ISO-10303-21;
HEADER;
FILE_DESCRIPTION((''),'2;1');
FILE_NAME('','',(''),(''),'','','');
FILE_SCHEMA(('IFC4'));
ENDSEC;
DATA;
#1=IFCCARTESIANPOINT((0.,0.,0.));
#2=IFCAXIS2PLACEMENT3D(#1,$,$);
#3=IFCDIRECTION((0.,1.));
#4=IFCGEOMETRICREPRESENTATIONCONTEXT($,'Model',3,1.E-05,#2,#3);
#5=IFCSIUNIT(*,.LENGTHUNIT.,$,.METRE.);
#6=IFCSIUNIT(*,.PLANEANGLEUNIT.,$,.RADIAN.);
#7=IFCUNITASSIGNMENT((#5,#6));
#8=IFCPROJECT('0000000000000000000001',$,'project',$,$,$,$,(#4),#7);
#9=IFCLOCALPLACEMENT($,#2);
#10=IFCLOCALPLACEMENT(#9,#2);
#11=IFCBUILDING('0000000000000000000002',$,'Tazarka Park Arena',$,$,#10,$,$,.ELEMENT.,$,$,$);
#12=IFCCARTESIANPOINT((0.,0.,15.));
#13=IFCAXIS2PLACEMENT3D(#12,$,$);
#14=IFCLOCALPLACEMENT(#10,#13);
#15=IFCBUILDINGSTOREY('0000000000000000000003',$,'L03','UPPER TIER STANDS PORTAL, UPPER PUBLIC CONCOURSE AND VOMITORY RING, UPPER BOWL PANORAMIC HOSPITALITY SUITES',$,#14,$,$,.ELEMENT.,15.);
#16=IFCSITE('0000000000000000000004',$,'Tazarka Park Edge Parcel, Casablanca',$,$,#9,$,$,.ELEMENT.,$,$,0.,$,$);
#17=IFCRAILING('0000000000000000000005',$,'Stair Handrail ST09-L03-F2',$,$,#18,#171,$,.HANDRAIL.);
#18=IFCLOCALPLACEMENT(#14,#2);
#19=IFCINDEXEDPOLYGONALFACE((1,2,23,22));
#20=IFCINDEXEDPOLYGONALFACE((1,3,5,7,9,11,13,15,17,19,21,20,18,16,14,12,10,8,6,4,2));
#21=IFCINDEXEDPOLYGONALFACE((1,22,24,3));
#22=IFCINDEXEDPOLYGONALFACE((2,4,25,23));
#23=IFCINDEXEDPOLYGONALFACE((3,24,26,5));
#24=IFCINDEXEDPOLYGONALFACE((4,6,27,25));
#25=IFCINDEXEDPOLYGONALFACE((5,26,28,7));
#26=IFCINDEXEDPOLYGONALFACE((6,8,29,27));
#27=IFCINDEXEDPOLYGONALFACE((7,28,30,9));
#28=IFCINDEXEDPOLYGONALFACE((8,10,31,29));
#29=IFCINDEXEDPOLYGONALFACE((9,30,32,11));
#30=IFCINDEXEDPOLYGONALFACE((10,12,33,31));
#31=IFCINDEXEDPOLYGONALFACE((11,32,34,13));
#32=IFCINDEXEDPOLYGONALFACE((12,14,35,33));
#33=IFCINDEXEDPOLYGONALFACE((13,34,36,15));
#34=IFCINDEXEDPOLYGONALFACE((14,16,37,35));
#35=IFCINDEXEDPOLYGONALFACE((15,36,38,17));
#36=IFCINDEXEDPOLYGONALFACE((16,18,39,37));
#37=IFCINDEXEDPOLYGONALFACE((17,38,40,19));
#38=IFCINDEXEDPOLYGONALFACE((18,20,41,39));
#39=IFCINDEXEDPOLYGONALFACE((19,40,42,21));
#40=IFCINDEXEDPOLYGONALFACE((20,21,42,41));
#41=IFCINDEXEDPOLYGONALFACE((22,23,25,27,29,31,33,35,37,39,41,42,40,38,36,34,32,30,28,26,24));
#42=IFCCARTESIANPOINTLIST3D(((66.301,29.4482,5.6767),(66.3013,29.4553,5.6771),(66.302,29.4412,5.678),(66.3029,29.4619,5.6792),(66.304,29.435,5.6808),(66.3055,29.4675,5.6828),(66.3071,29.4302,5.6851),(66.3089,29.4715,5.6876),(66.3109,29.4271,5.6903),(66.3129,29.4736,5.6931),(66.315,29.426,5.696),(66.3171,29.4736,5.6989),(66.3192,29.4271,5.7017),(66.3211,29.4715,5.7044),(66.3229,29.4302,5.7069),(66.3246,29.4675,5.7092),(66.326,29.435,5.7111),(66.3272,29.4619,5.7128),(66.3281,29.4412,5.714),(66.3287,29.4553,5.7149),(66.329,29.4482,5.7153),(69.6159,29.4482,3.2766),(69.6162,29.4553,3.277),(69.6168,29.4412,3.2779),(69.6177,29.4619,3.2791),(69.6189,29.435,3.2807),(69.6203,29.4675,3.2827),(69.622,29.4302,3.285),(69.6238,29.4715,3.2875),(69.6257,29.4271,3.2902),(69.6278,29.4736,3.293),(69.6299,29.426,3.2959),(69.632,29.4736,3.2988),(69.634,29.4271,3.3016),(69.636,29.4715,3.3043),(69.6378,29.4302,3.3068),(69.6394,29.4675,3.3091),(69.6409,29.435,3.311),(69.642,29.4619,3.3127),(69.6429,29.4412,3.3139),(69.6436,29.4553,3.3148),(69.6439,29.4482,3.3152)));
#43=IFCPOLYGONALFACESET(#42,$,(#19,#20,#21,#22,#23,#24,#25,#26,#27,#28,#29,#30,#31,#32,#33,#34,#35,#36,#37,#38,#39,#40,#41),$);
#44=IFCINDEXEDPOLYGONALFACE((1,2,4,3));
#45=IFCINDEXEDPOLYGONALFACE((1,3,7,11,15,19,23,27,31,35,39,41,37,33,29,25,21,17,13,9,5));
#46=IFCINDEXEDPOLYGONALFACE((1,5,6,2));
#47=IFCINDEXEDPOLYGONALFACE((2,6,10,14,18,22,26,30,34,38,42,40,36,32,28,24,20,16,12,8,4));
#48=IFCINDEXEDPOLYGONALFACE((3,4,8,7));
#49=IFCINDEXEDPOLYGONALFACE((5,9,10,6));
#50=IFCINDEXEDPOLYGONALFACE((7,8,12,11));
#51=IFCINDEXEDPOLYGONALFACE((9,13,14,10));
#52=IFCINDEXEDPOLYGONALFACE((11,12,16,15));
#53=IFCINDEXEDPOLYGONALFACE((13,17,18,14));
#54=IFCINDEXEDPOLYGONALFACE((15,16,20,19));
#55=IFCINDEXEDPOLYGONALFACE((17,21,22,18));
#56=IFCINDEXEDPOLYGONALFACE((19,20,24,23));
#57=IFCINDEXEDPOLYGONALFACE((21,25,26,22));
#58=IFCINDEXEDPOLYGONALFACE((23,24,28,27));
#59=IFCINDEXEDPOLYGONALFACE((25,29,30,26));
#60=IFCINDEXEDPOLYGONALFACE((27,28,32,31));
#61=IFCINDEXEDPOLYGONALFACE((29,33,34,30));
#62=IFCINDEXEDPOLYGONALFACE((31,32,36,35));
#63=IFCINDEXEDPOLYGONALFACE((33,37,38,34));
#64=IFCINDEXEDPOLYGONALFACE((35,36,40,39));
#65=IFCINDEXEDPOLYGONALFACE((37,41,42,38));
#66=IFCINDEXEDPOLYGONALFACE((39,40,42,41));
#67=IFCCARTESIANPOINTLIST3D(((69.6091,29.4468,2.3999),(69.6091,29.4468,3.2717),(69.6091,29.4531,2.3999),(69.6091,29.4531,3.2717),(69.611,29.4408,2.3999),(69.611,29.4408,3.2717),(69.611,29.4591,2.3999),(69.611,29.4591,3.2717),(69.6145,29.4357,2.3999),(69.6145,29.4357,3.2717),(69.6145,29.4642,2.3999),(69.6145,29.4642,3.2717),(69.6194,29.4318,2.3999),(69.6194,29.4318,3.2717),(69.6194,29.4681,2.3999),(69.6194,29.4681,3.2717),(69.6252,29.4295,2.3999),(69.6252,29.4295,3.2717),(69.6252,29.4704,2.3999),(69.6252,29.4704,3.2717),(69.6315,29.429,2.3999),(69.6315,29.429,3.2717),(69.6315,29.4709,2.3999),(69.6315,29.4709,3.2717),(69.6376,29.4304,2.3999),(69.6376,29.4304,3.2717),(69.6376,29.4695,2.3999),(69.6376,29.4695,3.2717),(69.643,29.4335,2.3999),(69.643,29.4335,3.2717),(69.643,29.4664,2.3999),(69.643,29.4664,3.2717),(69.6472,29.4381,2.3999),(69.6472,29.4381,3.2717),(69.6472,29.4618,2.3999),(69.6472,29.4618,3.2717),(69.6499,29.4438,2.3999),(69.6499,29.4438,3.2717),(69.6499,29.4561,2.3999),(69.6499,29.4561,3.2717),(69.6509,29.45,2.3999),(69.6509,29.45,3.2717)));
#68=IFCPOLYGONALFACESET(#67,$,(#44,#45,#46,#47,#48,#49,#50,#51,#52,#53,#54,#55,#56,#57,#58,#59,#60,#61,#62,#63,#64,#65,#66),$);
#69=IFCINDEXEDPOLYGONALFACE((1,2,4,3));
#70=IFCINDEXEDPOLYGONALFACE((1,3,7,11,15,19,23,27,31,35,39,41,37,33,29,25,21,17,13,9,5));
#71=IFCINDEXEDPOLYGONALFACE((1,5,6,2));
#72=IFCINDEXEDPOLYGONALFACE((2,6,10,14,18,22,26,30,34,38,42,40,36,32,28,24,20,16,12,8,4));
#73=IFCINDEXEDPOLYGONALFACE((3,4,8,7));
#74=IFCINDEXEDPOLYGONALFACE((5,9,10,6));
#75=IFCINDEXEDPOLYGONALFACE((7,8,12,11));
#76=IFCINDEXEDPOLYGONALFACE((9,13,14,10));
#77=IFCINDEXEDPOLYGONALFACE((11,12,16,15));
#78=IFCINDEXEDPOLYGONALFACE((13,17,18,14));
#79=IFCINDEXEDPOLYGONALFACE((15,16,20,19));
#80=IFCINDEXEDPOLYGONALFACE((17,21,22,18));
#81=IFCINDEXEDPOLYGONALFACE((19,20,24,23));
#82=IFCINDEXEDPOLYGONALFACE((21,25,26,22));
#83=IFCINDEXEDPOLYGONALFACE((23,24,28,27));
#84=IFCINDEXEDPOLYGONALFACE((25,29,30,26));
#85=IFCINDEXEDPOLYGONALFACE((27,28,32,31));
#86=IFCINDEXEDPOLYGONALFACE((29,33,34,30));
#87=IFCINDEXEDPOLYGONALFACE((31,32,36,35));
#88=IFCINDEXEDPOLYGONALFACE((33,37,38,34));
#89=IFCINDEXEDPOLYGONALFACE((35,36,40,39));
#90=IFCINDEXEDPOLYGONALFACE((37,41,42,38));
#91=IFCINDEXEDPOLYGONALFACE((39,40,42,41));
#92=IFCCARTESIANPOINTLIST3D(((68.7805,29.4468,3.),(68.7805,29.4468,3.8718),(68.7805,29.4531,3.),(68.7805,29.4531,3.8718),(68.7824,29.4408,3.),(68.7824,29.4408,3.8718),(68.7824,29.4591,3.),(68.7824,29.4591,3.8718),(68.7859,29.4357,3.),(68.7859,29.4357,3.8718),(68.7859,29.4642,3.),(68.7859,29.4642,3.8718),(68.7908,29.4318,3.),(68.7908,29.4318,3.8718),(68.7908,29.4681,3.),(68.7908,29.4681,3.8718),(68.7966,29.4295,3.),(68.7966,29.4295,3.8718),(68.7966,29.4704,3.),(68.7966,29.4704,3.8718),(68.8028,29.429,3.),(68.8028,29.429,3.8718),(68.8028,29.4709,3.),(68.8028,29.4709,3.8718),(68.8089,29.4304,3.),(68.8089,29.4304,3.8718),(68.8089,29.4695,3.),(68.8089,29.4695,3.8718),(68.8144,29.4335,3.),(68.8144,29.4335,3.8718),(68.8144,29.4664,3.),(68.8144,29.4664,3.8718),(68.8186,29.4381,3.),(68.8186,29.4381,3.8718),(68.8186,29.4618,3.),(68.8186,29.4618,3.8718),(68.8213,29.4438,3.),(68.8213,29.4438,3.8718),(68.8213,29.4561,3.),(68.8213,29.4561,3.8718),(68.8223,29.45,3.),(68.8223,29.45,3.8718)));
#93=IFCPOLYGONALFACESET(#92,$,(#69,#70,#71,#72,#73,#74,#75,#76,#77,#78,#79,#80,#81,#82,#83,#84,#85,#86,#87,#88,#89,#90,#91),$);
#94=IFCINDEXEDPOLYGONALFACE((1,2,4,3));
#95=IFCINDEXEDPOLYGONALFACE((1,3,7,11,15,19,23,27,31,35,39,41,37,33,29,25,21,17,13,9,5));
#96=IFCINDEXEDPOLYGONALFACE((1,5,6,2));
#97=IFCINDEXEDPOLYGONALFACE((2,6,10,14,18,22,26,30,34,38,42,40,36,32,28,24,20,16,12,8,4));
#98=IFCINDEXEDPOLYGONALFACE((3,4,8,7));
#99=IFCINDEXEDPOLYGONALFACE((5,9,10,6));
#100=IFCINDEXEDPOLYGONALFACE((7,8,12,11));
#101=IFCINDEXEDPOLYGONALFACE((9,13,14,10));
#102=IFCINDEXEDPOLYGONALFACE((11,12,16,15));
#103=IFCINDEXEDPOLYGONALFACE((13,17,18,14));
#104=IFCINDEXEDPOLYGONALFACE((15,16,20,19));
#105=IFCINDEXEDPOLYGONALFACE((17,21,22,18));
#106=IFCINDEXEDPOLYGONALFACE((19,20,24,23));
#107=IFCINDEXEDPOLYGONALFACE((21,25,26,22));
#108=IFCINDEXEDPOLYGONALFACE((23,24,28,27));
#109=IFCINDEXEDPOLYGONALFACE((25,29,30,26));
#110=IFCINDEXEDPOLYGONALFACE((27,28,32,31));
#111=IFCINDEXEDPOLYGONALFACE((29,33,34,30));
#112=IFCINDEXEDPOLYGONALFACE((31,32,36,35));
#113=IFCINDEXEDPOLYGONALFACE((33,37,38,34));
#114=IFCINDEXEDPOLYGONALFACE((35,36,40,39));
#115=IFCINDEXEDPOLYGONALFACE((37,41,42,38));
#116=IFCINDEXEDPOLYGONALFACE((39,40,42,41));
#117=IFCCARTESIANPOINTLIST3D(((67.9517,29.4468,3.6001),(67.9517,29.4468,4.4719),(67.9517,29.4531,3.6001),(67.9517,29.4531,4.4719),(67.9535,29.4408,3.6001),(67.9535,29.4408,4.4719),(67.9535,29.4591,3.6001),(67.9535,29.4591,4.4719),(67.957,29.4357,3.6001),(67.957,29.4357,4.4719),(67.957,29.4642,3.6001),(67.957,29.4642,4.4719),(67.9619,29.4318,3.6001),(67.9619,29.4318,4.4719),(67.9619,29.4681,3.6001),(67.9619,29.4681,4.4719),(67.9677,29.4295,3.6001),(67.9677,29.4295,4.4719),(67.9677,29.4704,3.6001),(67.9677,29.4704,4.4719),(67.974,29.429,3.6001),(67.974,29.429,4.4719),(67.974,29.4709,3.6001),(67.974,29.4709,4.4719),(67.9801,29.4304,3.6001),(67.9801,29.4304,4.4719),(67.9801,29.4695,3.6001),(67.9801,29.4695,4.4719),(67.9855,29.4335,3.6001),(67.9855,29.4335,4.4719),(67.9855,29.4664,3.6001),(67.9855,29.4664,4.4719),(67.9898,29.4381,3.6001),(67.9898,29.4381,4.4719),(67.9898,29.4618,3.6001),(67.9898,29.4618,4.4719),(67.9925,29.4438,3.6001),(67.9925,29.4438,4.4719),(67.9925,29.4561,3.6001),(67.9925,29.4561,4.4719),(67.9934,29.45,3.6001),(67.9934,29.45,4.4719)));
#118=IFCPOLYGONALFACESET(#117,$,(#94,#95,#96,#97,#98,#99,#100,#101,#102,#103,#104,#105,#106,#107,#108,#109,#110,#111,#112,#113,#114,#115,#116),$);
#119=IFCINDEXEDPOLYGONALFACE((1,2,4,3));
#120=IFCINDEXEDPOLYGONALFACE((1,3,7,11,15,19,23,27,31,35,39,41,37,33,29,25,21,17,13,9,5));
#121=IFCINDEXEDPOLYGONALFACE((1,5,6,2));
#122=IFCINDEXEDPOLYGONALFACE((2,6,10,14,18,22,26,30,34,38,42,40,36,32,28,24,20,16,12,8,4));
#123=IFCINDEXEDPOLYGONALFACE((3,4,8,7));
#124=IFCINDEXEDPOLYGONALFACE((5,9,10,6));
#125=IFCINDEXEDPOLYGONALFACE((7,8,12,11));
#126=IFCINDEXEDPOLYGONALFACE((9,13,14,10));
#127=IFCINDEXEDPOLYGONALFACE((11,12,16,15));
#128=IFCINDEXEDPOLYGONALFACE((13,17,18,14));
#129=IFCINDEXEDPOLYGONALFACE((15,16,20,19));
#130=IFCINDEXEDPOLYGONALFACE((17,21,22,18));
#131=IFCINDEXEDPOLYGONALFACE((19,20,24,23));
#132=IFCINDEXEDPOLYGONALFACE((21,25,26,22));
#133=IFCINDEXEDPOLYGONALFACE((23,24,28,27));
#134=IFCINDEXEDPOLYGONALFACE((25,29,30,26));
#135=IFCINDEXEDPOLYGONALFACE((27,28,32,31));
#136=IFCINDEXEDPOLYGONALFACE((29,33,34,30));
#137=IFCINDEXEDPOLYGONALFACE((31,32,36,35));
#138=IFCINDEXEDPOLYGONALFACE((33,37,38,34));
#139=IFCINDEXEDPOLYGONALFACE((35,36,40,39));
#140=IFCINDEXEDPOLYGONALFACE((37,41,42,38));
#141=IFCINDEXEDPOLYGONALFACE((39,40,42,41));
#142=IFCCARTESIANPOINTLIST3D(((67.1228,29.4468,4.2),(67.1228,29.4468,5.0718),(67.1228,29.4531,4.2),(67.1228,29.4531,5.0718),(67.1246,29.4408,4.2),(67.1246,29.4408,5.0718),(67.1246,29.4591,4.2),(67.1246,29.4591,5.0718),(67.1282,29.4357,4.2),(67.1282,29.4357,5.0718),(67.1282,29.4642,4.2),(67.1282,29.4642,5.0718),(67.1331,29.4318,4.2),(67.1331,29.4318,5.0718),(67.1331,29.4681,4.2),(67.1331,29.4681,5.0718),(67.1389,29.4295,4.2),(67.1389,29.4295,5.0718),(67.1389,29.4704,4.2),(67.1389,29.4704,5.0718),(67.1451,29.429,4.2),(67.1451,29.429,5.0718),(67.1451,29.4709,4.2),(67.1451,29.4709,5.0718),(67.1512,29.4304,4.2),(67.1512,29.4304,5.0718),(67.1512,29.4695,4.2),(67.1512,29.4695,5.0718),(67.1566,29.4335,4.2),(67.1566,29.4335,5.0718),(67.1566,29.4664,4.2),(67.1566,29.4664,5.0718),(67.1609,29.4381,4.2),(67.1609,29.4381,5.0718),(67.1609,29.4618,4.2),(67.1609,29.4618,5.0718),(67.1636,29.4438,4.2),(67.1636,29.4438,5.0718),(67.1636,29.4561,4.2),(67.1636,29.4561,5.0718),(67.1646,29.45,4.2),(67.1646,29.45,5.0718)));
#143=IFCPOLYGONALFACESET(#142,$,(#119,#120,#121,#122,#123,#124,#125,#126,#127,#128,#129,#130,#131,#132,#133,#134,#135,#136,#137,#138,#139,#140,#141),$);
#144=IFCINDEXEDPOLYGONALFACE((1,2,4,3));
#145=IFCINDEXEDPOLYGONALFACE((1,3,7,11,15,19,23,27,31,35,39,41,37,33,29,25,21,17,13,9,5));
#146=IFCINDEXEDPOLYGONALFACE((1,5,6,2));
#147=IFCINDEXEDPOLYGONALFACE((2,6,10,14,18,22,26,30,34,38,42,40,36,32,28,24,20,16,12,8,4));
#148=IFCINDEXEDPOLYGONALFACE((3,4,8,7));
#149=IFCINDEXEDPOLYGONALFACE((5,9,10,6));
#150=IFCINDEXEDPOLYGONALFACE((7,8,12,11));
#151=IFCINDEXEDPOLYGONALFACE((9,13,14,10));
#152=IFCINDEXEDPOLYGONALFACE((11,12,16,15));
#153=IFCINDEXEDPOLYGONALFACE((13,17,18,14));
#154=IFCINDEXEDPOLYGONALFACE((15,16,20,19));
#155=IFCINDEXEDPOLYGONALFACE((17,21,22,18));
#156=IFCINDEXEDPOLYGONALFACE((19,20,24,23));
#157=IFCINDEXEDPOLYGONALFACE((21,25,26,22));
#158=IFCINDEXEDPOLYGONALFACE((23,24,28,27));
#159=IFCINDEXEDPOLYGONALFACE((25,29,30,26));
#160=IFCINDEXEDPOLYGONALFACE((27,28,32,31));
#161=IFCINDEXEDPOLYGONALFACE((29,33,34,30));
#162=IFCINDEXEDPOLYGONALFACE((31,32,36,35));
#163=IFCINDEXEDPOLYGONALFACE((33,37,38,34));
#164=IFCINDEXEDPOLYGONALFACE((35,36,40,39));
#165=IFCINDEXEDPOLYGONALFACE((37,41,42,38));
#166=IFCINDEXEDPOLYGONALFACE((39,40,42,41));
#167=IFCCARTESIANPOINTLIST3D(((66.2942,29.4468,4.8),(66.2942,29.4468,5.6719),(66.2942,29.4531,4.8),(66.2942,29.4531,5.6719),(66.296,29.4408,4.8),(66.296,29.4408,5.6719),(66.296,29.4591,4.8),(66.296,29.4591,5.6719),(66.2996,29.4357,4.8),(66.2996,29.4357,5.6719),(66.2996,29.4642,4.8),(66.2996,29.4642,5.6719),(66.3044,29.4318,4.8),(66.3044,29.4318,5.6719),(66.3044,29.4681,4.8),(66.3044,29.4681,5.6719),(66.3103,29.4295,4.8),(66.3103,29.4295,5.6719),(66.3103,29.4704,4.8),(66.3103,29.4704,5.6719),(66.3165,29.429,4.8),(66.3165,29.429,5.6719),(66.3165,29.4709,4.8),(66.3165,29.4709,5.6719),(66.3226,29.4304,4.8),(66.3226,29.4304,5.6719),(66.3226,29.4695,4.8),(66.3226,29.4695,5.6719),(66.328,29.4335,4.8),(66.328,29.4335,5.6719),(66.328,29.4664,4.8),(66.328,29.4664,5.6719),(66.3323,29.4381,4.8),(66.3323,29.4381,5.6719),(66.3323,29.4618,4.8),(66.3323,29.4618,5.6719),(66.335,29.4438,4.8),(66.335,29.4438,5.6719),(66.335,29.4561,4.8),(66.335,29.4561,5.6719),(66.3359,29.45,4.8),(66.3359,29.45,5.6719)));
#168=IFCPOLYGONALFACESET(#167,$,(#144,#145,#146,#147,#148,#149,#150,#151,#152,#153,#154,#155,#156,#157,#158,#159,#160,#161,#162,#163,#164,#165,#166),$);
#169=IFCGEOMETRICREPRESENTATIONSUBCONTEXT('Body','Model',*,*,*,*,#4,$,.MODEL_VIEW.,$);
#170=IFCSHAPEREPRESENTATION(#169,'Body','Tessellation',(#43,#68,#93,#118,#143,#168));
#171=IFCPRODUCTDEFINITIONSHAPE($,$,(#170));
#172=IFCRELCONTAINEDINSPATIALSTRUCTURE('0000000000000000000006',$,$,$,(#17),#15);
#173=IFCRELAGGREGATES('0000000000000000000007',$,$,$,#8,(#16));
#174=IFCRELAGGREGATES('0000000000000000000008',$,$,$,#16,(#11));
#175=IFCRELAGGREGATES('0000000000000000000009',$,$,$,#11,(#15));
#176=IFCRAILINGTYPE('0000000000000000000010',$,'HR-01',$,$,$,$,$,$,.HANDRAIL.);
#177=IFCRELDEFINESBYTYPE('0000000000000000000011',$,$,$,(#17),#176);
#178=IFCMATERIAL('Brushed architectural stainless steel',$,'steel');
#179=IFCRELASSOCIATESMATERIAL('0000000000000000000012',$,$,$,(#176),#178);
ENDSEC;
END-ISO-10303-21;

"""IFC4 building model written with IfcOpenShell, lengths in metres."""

from ifc_helpers import new_model, si_unit, direction, frame, origin, origin_2d, place, context, subcontext, project, spatial, circle, extrude, material, type_object, element, save


model = new_model("IFC4")

# Units and contexts
model_context = context("Model", 3, precision=1e-05, world=origin(), true_north=direction((0.0, 1.0)))
body_context = subcontext(model_context, "Body", "Model", "MODEL_VIEW")
ifc_project = project(units=[si_unit("LENGTHUNIT", "METRE"), si_unit("PLANEANGLEUNIT", "RADIAN")], contexts=[model_context])

# Site, building, storey
site_placement = place(None, origin())
site = spatial("IfcSite", under=ifc_project, at=site_placement, Name="Tazarka Park Edge Parcel, Casablanca", CompositionType="ELEMENT", RefElevation=0.0)
building_placement = place(site_placement, origin())
building = spatial("IfcBuilding", under=site, at=building_placement, Name="Tazarka Park Arena", CompositionType="ELEMENT")
storey_placement = place(building_placement, frame((0.0, 0.0, 15.0)))
storey = spatial("IfcBuildingStorey", under=building, at=storey_placement, Name="L03", Description="UPPER TIER STANDS PORTAL, UPPER PUBLIC CONCOURSE AND VOMITORY RING, UPPER BOWL PANORAMIC HOSPITALITY SUITES", CompositionType="ELEMENT", Elevation=15.0)

# Railing
ifc_material_1 = material(Name="Brushed architectural stainless steel", Category="steel")
railing_type_1 = type_object("IfcRailingType", Name="HR-01", PredefinedType="HANDRAIL", material=ifc_material_1)
railing_1_placement = place(storey_placement, frame((69.6299, 29.45, 2.3999)))
element("IfcRailing", 1, at=railing_1_placement, inside=storey, type_object=railing_type_1, Name="Stair Handrail ST09-L03-F2", PredefinedType="HANDRAIL", context=body_context, shape_type="SweptSolid", body=[
    extrude(circle(Radius=0.0239, at=origin_2d()), frame((0.0, 0.0, 0.896), z_axis=(-0.80998, 0.0, 0.586457), x_axis=(0.0, -1.0, 0.0)), (0.0, 0.0, 1.0), 4.0925),
    extrude(circle(Radius=0.021, at=origin_2d()), origin(), (0.0, 0.0, 1.0), 0.8718),
    extrude(circle(Radius=0.021, at=origin_2d()), frame((-0.8286, 0.0, 0.6001)), (0.0, 0.0, 1.0), 0.8718),
    extrude(circle(Radius=0.021, at=origin_2d()), frame((-1.6575, 0.0, 1.2002)), (0.0, 0.0, 1.0), 0.8718),
    extrude(circle(Radius=0.021, at=origin_2d()), frame((-2.4863, 0.0, 1.8)), (0.0, 0.0, 1.0), 0.8718),
    extrude(circle(Radius=0.021, at=origin_2d()), frame((-3.3149, 0.0, 2.4001)), (0.0, 0.0, 1.0), 0.8718),
])

save(model, "model.ifc")
